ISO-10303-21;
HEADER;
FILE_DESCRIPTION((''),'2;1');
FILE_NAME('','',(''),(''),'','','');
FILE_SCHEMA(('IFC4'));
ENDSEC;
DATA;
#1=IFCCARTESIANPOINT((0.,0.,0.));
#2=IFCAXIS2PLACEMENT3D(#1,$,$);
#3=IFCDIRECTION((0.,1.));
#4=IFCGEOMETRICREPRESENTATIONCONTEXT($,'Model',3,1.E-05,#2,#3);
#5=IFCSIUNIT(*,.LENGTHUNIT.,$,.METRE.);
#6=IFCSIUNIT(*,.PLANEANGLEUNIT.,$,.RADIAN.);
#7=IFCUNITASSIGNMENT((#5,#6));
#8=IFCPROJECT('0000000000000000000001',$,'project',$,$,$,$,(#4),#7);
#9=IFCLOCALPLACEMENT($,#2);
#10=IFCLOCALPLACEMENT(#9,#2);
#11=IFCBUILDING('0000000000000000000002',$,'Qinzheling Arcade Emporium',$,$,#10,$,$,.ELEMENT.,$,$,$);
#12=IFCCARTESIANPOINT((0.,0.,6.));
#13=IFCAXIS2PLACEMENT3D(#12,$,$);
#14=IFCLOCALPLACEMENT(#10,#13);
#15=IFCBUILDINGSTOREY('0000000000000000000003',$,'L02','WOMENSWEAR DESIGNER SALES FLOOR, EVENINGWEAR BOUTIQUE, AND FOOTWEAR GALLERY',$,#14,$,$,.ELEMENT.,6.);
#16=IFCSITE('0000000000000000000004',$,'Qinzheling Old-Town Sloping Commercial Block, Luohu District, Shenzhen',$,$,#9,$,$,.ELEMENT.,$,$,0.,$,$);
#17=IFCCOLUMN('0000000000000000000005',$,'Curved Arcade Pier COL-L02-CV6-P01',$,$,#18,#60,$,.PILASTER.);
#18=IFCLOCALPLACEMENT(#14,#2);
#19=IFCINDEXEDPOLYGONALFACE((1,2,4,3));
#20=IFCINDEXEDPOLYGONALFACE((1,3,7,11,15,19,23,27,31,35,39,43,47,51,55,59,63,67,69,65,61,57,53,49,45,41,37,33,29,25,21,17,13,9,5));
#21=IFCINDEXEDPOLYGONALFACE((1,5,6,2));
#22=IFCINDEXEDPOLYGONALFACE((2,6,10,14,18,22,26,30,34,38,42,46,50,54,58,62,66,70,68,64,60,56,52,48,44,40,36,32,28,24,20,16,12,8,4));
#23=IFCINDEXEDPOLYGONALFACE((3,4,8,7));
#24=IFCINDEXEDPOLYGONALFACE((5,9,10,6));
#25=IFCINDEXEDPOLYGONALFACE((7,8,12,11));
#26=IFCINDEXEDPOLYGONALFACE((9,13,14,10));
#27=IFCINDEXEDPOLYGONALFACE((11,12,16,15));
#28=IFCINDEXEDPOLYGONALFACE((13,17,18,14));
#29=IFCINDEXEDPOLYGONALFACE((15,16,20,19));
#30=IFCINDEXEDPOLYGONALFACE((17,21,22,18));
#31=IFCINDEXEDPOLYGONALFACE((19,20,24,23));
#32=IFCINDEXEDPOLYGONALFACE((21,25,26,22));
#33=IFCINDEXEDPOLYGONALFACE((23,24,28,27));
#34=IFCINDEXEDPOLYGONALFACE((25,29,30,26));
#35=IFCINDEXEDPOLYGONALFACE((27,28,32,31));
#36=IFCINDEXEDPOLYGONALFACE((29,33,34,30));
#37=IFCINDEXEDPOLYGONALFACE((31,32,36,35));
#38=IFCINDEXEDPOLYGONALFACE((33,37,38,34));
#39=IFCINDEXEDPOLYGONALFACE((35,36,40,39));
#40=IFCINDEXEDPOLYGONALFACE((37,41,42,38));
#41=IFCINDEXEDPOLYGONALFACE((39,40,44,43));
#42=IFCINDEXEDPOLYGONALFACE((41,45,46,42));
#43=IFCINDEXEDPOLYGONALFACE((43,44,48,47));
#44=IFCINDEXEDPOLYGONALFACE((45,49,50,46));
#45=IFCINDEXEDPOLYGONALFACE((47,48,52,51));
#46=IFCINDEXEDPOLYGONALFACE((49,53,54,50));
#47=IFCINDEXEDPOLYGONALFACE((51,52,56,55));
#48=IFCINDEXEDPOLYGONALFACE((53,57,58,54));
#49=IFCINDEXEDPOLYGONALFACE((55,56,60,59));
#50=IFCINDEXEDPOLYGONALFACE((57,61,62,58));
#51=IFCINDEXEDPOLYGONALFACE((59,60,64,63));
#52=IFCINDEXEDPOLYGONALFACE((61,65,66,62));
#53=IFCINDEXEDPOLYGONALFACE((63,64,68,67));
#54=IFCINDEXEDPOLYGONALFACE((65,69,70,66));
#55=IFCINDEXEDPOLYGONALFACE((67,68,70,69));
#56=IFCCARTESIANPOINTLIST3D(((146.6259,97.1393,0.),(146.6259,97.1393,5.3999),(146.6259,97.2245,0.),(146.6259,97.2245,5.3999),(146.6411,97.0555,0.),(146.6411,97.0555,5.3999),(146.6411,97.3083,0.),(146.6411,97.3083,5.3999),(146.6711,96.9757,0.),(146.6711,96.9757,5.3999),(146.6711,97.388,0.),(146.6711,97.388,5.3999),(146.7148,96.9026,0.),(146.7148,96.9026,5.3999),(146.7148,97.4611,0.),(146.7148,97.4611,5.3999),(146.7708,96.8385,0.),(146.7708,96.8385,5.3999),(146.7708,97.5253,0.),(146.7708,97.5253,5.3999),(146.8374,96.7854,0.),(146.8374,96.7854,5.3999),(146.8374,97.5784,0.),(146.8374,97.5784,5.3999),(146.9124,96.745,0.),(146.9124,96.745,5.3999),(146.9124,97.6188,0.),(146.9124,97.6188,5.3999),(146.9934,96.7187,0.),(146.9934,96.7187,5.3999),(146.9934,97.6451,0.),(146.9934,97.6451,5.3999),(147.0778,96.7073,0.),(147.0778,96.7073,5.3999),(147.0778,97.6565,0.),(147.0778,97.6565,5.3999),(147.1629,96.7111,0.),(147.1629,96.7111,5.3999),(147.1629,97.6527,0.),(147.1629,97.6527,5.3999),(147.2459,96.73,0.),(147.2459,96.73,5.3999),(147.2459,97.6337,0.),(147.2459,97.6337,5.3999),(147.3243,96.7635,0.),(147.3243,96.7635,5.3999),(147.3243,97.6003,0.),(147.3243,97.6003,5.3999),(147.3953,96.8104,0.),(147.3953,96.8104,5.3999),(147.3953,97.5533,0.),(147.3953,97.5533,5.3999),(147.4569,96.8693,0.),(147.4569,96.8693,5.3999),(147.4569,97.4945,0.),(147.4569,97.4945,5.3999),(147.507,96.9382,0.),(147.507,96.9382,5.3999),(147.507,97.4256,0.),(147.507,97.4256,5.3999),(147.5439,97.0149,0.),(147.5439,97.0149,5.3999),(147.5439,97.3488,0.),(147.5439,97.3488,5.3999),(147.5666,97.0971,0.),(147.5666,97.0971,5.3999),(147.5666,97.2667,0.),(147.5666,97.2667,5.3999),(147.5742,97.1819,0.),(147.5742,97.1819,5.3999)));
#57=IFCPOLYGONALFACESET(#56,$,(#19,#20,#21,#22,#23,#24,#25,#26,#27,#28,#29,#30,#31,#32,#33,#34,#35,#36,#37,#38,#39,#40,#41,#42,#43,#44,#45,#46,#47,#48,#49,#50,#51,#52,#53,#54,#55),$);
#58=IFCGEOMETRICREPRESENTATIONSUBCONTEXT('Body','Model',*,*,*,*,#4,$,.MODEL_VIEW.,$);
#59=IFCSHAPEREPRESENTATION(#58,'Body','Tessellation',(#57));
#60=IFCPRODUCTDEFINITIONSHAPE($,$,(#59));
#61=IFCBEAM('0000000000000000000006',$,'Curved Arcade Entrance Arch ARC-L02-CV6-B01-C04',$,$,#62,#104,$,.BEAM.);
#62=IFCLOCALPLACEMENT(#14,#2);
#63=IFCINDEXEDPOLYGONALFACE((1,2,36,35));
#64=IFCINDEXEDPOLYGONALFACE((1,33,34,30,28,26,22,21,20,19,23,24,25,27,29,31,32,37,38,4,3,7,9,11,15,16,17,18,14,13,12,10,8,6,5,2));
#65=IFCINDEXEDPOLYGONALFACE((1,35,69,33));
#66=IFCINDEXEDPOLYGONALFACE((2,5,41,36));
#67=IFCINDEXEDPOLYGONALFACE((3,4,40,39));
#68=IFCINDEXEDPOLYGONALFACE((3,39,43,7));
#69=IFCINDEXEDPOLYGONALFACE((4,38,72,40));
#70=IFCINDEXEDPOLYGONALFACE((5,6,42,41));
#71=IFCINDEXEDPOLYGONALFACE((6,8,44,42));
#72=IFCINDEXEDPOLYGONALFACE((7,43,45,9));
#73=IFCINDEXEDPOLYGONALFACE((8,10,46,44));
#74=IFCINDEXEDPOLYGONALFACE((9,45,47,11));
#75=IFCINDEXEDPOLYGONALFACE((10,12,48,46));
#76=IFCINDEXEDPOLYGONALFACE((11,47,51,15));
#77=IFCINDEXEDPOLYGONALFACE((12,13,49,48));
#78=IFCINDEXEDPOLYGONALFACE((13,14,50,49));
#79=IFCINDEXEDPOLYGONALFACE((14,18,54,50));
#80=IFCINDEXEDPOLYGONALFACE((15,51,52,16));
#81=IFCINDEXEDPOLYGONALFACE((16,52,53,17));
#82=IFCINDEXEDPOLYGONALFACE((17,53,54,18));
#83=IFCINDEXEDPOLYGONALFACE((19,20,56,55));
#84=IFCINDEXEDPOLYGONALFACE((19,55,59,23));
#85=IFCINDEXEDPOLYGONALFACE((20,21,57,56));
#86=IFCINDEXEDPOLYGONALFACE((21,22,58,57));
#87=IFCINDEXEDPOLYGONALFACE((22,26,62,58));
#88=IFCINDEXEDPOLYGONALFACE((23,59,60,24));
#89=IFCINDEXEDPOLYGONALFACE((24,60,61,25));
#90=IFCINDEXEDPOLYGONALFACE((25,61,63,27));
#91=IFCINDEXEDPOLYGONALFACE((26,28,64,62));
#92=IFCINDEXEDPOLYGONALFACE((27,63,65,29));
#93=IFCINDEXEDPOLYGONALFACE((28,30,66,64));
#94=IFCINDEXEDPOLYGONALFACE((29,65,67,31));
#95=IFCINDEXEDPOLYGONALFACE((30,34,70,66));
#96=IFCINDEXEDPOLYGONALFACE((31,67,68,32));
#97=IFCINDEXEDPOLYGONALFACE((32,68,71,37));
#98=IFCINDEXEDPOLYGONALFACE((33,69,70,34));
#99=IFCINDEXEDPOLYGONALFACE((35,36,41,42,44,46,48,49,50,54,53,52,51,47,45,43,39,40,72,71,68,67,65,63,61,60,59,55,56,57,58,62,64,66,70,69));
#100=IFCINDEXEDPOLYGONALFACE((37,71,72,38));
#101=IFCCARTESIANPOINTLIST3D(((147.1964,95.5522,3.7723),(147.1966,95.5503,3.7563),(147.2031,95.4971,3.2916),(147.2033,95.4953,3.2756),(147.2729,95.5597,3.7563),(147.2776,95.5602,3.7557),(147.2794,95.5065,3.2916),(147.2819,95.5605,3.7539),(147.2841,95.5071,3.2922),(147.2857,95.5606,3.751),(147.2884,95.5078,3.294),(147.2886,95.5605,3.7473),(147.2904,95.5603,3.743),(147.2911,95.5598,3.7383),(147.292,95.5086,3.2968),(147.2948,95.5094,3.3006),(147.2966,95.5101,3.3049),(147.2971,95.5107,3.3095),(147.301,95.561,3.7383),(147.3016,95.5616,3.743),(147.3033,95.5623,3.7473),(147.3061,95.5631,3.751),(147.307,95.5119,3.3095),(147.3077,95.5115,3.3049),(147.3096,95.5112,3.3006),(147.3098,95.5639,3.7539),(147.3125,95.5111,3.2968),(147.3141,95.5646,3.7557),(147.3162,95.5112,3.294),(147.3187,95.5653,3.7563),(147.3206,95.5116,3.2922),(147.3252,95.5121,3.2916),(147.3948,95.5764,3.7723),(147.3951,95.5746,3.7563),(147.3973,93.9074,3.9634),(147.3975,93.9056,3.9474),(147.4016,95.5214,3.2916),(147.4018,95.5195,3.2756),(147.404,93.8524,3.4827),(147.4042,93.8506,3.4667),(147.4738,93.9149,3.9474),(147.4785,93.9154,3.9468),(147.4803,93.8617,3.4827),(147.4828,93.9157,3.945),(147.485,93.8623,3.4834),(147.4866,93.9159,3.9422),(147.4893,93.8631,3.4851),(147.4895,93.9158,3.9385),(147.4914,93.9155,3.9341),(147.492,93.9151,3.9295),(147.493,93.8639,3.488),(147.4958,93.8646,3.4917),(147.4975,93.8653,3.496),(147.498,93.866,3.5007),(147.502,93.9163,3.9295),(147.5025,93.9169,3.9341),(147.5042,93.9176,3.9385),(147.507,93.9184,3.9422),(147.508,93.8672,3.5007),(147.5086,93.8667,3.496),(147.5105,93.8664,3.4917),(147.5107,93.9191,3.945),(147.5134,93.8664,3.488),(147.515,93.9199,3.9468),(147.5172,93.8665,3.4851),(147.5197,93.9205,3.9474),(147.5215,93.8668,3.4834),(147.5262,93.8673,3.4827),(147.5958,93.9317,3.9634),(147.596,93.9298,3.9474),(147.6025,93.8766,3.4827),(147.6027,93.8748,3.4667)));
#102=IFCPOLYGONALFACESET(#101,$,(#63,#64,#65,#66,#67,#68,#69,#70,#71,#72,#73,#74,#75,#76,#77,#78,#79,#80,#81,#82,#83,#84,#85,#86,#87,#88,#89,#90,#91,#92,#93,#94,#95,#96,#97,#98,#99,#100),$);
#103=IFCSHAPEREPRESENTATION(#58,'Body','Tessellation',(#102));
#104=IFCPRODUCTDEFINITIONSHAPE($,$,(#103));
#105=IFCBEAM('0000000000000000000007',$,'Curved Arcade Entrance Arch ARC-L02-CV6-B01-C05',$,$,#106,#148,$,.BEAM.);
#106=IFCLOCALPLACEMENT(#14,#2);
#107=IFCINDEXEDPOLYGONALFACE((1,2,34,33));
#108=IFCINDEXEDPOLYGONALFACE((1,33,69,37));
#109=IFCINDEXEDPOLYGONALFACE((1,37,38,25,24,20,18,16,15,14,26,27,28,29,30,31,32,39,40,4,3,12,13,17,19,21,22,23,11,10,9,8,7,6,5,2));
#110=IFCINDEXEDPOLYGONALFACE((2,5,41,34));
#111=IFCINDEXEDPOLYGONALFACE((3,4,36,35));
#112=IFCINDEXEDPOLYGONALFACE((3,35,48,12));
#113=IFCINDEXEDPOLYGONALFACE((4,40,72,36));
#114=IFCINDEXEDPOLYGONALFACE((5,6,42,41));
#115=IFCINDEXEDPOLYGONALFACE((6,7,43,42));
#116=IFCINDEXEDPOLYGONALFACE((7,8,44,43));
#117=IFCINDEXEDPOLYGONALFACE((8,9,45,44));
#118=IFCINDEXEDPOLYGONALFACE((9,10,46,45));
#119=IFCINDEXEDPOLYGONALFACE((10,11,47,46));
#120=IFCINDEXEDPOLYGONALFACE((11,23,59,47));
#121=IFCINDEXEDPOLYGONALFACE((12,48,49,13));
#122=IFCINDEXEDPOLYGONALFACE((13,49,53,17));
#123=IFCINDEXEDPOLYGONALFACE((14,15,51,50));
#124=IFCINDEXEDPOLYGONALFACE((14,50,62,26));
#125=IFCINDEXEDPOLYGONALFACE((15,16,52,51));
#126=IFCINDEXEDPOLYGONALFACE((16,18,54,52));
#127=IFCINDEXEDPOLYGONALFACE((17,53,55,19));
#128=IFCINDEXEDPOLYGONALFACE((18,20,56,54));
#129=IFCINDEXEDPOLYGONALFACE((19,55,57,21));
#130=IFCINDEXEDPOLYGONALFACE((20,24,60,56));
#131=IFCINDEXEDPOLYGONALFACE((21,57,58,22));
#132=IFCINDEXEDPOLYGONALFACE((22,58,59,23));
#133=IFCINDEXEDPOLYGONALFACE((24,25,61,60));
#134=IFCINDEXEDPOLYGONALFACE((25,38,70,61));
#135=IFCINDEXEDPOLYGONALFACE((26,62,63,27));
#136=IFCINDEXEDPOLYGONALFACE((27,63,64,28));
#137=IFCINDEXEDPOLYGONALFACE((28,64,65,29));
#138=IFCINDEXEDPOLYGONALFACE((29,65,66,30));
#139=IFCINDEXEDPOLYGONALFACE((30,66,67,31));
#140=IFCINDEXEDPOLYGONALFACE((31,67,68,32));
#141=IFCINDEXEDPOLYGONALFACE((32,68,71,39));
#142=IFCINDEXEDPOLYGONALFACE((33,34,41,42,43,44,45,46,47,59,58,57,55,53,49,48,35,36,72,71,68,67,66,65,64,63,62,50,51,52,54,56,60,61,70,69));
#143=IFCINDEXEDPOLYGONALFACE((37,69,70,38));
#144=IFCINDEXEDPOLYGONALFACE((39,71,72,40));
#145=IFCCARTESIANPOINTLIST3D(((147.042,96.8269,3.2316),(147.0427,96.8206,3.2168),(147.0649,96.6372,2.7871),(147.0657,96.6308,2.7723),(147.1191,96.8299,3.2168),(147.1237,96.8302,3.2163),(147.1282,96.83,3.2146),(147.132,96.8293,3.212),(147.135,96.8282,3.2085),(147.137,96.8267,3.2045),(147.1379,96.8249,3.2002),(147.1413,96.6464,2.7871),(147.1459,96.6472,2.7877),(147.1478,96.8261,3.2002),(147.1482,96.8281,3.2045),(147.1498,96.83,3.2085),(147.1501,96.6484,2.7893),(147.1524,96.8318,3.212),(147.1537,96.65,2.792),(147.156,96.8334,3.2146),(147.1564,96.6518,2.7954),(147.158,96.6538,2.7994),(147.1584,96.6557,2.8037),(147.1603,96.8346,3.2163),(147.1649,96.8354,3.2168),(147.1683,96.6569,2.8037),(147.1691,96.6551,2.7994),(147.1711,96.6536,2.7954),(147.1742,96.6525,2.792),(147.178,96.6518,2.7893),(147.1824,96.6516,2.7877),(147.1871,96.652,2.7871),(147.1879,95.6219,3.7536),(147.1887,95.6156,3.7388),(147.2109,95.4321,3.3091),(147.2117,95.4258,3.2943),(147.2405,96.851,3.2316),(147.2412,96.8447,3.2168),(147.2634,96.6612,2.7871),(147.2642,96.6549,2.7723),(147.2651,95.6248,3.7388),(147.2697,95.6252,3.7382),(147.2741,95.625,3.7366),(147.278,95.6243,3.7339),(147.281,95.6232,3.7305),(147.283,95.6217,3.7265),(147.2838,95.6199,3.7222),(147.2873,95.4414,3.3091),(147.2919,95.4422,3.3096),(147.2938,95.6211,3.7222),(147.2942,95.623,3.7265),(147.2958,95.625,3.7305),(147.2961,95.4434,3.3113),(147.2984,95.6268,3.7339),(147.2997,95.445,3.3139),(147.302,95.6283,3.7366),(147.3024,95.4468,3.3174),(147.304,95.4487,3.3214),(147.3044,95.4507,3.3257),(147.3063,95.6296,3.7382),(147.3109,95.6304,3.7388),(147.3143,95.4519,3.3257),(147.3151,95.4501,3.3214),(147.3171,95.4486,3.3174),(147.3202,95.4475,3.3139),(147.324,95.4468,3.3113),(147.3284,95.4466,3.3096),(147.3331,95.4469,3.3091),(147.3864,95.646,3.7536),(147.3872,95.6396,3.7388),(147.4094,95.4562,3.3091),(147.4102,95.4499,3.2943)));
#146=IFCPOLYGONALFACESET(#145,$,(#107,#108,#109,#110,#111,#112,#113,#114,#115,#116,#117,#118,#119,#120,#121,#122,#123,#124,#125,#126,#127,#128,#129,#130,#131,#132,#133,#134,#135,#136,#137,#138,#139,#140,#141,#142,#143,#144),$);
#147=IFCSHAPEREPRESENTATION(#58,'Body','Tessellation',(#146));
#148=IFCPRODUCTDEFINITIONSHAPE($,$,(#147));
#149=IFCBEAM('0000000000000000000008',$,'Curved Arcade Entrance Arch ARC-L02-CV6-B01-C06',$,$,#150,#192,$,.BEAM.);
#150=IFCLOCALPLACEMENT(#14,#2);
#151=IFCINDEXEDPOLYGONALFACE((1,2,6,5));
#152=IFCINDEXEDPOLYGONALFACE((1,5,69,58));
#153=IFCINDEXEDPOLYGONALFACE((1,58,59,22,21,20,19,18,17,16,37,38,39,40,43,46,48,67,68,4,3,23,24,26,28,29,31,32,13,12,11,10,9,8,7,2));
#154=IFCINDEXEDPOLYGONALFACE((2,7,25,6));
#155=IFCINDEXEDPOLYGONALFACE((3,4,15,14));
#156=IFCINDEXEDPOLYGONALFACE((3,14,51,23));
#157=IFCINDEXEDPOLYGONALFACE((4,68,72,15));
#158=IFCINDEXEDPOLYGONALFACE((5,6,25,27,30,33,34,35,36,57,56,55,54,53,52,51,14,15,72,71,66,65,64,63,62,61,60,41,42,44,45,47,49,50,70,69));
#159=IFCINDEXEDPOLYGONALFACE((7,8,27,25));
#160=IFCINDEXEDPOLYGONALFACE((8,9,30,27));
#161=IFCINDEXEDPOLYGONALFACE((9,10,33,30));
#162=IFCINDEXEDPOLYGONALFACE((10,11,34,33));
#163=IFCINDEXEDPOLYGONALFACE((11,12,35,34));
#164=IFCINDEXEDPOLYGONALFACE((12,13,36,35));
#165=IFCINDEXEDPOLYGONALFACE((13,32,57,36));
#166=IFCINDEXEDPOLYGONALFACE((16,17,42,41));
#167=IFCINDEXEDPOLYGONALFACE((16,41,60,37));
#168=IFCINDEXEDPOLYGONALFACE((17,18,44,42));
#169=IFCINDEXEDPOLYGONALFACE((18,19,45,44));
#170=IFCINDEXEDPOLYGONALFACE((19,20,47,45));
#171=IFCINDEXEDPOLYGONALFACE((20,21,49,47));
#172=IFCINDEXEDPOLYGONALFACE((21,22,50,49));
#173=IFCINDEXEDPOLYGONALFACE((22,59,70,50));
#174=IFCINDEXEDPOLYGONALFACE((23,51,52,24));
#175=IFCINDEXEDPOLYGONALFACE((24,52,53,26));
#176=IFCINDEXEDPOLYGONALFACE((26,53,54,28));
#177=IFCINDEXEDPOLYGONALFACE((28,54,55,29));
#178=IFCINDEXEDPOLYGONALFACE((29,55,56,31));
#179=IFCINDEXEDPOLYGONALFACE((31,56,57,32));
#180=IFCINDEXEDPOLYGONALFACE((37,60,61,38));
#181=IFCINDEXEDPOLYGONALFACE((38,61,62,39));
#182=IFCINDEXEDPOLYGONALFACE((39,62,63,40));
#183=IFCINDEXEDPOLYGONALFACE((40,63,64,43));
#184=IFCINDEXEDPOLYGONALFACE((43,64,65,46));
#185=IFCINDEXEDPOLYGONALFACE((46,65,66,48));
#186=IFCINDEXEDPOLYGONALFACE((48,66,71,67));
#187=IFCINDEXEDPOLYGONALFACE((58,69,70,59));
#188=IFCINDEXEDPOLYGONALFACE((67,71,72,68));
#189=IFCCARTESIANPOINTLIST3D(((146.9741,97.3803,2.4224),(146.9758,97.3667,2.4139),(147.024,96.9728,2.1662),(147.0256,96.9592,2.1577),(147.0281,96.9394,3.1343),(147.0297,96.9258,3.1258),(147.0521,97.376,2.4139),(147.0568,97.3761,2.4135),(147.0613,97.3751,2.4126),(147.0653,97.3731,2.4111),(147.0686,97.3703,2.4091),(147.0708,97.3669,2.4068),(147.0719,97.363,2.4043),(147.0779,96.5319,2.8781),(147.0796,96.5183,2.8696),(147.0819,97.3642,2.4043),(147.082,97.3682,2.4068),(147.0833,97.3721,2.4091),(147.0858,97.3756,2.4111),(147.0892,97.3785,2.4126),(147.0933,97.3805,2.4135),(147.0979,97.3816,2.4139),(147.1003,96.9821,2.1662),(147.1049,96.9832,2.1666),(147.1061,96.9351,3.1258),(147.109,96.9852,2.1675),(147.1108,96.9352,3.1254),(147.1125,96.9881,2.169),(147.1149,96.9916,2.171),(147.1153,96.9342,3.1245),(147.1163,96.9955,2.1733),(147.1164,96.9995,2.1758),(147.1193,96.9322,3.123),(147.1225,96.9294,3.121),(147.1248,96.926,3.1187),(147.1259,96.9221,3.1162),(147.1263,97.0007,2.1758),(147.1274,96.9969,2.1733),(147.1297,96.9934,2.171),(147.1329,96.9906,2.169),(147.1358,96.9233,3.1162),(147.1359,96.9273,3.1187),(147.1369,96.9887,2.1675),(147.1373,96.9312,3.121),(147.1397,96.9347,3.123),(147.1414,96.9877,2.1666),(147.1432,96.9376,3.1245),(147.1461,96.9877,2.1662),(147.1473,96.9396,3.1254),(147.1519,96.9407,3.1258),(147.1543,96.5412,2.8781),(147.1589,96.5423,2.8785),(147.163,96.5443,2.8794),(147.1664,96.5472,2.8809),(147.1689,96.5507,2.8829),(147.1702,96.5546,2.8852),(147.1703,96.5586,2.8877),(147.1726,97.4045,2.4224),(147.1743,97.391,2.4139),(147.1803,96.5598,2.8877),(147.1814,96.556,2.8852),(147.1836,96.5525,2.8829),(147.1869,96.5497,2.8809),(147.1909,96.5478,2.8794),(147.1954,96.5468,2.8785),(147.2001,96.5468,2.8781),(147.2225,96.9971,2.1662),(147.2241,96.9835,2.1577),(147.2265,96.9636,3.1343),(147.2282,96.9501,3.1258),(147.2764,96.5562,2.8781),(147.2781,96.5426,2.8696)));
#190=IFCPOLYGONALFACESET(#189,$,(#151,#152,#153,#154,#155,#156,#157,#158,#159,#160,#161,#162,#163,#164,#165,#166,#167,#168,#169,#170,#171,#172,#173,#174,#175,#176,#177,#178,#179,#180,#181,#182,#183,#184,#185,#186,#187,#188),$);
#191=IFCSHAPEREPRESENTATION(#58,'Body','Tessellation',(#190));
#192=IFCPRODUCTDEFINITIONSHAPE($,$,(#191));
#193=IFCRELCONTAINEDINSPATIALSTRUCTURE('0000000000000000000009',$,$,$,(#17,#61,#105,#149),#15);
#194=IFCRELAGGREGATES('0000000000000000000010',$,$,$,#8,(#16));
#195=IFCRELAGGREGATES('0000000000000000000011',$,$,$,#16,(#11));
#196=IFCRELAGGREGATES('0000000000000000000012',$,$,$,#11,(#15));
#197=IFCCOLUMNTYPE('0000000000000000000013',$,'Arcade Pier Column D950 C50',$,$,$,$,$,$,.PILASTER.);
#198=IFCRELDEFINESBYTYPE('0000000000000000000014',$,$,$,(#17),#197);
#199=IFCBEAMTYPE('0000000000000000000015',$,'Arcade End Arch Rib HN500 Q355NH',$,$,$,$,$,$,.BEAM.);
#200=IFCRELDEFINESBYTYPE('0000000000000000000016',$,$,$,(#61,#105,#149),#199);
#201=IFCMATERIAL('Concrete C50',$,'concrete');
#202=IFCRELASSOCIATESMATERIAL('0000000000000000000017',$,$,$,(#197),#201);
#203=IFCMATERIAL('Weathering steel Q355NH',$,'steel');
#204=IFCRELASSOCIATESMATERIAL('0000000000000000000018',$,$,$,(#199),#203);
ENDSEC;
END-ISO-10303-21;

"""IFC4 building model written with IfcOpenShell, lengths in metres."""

from ifc_helpers import new_model, si_unit, direction, frame, origin, origin_2d, place, context, subcontext, project, spatial, circle, i_section, extrude, material, material_profile, profile_set, type_object, element, save


model = new_model("IFC4")

# Units and contexts
model_context = context("Model", 3, precision=1e-05, world=origin(), true_north=direction((0.0, 1.0)))
body_context = subcontext(model_context, "Body", "Model", "MODEL_VIEW")
ifc_project = project(units=[si_unit("LENGTHUNIT", "METRE"), si_unit("PLANEANGLEUNIT", "RADIAN")], contexts=[model_context])

# Site, building, storey
site_placement = place(None, origin())
site = spatial("IfcSite", under=ifc_project, at=site_placement, Name="Qinzheling Old-Town Sloping Commercial Block, Luohu District, Shenzhen", CompositionType="ELEMENT", RefElevation=0.0)
building_placement = place(site_placement, origin())
building = spatial("IfcBuilding", under=site, at=building_placement, Name="Qinzheling Arcade Emporium", CompositionType="ELEMENT")
storey_placement = place(building_placement, frame((0.0, 0.0, 6.0)))
storey = spatial("IfcBuildingStorey", under=building, at=storey_placement, Name="L02", Description="WOMENSWEAR DESIGNER SALES FLOOR, EVENINGWEAR BOUTIQUE, AND FOOTWEAR GALLERY", CompositionType="ELEMENT", Elevation=6.0)

# Column
ifc_material_1 = material(Name="Concrete C50", Category="concrete")
ifc_material_profile_1 = material_profile(ifc_material_1, circle(Radius=0.4751, at=origin_2d()), Name="RC D950", Category="concrete")
ifc_profile_set_1 = profile_set([ifc_material_profile_1], Name="Concrete C50")
column_type = type_object("IfcColumnType", Name="Arcade Pier Column D950 C50", PredefinedType="PILASTER", material=ifc_profile_set_1)
column_placement = place(storey_placement, frame((147.0991, 97.1819, 0.0), z_axis=(0.0, 0.0, 1.0), x_axis=(1.0, 0.0, 0.0)))
element("IfcColumn", 1, at=column_placement, inside=storey, type_object=column_type, Name="Curved Arcade Pier COL-L02-CV6-P01", PredefinedType="PILASTER", context=body_context, shape_type="SweptSolid", body=[
    extrude(circle(Radius=0.4751, at=origin_2d()), origin(), (0.0, 0.0, 1.0), 5.3999),
])

# Beams
ifc_material_2 = material(Name="Weathering steel Q355NH", Category="steel")
ifc_material_profile_2 = material_profile(ifc_material_2, i_section(OverallWidth=0.2, OverallDepth=0.5, WebThickness=0.01, FlangeThickness=0.0161, FilletRadius=0.0181, at=origin_2d()), Name="HN 500x200x10x16", Category="steel")
ifc_profile_set_2 = profile_set([ifc_material_profile_2], Name="Weathering steel Q355NH")
beam_type = type_object("IfcBeamType", Name="Arcade End Arch Rib HN500 Q355NH", PredefinedType="BEAM", material=ifc_profile_set_2)
beam_1_placement = place(storey_placement, frame((147.5, 93.8911, 3.7151), z_axis=(-0.120461, 0.98608, -0.114606), x_axis=(-0.992621, -0.12126, 0.0)))
element("IfcBeam", 2, at=beam_1_placement, inside=storey, type_object=beam_type, Name="Curved Arcade Entrance Arch ARC-L02-CV6-B01-C04", PredefinedType="BEAM", context=body_context, shape_type="SweptSolid", body=[
    extrude(i_section(OverallWidth=0.2, OverallDepth=0.5, WebThickness=0.01, FlangeThickness=0.0161, FilletRadius=0.0181, at=origin_2d()), origin(), (0.0, 0.0, 1.0), 1.668),
])
beam_2_placement = place(storey_placement, frame((147.2991, 95.5359, 3.5239), z_axis=(-0.11049, 0.912001, -0.395028), x_axis=(-0.992741, -0.120271, 0.0)))
element("IfcBeam", 3, at=beam_2_placement, inside=storey, type_object=beam_type, Name="Curved Arcade Entrance Arch ARC-L02-CV6-B01-C05", PredefinedType="BEAM", context=body_context, shape_type="SweptSolid", body=[
    extrude(i_section(OverallWidth=0.2, OverallDepth=0.5, WebThickness=0.01, FlangeThickness=0.0161, FilletRadius=0.0181, at=origin_2d()), origin(), (0.0, 0.0, 1.0), 1.3213),
])
beam_3_placement = place(storey_placement, frame((147.1531, 96.741, 3.002), z_axis=(-0.064299, 0.525446, -0.848394), x_axis=(-0.992596, -0.121464, 0.0)))
element("IfcBeam", 4, at=beam_3_placement, inside=storey, type_object=beam_type, Name="Curved Arcade Entrance Arch ARC-L02-CV6-B01-C06", PredefinedType="BEAM", context=body_context, shape_type="SweptSolid", body=[
    extrude(i_section(OverallWidth=0.2, OverallDepth=0.5, WebThickness=0.01, FlangeThickness=0.0161, FilletRadius=0.0181, at=origin_2d()), origin(), (0.0, 0.0, 1.0), 0.8391),
])

save(model, "model.ifc")
